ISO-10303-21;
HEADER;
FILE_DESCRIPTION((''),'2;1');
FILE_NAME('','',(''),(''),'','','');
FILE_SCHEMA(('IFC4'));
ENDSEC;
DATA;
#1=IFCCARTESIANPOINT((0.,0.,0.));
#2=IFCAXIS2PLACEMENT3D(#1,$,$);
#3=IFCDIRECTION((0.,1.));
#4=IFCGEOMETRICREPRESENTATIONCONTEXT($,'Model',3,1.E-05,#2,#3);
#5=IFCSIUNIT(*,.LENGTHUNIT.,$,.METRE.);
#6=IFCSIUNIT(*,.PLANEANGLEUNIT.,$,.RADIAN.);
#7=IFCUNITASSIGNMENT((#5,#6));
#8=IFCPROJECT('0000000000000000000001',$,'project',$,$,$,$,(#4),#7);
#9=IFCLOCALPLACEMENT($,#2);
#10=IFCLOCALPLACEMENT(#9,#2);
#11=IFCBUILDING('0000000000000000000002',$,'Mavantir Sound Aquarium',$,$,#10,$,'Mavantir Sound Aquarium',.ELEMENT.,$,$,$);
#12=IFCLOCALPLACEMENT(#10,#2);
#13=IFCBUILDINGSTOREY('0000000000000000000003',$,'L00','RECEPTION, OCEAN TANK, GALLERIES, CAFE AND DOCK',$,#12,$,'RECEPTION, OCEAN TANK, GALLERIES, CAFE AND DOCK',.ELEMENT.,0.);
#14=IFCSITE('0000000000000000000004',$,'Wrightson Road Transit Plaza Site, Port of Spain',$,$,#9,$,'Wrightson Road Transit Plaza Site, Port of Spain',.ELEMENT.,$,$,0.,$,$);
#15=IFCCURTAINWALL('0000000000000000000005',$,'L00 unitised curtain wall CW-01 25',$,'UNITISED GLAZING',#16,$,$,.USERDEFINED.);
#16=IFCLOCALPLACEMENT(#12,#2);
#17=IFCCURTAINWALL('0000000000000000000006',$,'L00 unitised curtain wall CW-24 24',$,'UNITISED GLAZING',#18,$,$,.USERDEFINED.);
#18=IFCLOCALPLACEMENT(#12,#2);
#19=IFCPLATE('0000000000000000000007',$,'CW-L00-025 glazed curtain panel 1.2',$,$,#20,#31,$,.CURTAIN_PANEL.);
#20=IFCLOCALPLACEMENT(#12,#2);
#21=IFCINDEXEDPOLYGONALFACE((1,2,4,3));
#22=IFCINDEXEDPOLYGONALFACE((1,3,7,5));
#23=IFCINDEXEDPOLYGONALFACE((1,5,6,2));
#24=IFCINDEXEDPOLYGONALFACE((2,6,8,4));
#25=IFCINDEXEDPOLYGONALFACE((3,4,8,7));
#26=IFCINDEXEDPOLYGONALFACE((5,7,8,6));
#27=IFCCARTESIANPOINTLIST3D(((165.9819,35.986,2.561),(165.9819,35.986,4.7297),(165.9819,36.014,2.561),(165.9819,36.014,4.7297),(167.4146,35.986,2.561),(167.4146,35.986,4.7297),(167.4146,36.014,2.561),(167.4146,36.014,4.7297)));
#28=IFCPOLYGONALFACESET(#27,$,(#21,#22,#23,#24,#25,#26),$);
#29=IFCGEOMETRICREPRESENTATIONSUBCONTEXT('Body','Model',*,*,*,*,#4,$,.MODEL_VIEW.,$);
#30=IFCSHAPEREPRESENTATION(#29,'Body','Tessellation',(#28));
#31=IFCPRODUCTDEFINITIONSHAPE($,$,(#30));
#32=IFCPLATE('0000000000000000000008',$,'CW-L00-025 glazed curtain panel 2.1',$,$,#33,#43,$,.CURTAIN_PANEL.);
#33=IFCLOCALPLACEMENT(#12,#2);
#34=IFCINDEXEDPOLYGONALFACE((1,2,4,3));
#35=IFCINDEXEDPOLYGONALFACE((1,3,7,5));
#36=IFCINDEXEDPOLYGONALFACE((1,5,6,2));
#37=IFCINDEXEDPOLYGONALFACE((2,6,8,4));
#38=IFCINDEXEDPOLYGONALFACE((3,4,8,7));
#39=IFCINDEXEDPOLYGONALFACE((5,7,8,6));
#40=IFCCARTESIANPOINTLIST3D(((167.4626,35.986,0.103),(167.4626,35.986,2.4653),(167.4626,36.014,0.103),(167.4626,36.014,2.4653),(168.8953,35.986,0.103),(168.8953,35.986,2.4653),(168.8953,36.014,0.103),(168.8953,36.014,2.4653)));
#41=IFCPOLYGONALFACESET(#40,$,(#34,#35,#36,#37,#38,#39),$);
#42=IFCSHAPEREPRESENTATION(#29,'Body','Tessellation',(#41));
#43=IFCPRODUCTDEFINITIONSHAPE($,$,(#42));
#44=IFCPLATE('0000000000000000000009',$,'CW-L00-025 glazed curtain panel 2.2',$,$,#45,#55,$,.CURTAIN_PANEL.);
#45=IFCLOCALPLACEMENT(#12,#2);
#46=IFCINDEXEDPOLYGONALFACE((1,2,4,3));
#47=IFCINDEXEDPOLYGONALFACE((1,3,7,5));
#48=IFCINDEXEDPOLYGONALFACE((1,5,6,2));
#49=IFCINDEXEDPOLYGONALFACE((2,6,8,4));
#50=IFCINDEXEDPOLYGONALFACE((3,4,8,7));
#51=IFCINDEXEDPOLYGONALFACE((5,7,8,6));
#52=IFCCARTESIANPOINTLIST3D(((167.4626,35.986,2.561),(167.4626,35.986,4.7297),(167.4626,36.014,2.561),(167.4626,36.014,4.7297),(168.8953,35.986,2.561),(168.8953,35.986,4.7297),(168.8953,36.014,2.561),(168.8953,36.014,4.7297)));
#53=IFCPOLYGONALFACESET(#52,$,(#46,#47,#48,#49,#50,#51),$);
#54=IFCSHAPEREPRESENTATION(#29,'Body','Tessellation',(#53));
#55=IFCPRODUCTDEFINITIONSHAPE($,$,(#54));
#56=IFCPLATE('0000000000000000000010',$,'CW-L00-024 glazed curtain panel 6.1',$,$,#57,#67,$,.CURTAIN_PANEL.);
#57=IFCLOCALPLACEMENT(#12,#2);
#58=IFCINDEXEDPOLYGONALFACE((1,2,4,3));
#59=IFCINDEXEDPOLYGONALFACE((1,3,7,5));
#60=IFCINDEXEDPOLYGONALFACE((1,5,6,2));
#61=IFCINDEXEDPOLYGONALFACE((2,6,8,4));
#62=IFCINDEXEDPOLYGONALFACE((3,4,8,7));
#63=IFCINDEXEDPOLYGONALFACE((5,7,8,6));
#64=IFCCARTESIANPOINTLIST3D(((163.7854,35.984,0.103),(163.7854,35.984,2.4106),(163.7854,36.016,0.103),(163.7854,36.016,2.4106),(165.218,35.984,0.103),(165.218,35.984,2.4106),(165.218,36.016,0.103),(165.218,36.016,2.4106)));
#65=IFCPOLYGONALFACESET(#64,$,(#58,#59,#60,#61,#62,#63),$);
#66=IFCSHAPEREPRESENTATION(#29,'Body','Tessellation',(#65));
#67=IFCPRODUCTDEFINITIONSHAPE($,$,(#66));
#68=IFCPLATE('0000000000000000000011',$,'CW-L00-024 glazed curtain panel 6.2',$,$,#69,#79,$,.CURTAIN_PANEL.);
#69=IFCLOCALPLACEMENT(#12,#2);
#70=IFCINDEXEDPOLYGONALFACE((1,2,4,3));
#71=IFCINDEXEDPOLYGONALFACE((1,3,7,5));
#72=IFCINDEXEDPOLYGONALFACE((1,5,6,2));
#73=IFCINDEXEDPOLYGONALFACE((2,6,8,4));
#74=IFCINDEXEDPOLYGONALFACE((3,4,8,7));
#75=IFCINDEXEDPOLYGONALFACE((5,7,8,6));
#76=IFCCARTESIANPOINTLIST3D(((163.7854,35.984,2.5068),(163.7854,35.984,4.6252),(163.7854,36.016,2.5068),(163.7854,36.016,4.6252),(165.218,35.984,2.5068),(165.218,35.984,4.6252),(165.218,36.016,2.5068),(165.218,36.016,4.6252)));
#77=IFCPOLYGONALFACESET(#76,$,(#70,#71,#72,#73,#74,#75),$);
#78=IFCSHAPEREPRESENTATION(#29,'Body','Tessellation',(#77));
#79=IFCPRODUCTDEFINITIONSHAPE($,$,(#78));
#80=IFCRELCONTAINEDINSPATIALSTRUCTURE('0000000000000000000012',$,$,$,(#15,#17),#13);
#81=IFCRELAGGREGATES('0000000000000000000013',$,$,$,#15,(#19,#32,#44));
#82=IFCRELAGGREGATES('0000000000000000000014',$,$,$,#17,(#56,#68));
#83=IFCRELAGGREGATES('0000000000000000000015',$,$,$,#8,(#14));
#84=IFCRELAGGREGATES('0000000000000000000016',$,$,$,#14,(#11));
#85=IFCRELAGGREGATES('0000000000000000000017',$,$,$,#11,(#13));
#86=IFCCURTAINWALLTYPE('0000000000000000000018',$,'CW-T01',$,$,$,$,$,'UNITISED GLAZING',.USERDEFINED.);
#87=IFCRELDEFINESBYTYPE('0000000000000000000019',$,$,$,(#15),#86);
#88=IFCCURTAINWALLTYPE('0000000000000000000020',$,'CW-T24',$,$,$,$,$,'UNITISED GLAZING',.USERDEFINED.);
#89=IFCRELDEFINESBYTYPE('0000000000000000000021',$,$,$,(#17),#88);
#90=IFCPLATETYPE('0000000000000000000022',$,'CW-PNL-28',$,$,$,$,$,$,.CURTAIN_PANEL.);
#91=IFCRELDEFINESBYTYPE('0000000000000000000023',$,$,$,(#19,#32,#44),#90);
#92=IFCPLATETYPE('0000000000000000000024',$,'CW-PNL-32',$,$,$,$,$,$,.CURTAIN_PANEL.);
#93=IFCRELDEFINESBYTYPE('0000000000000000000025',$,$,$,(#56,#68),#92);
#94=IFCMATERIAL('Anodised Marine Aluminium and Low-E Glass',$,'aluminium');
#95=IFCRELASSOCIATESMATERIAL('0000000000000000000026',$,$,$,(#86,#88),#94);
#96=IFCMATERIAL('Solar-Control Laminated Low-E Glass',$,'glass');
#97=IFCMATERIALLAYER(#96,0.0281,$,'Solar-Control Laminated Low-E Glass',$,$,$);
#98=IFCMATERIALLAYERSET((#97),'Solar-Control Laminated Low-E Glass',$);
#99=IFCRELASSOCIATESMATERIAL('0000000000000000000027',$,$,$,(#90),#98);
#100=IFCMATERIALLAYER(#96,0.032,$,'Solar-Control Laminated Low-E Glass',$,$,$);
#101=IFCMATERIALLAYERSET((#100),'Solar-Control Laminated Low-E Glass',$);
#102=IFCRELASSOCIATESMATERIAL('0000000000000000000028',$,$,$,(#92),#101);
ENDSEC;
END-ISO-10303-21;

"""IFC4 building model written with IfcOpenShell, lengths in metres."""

from ifc_helpers import new_model, si_unit, direction, frame, origin, origin_2d, place, context, subcontext, project, spatial, rectangle, extrude, material, layer, layer_set, type_object, element, aggregate, save


model = new_model("IFC4")

# Units and contexts
model_context = context("Model", 3, precision=1e-05, world=origin(), true_north=direction((0.0, 1.0)))
body_context = subcontext(model_context, "Body", "Model", "MODEL_VIEW")
ifc_project = project(units=[si_unit("LENGTHUNIT", "METRE"), si_unit("PLANEANGLEUNIT", "RADIAN")], contexts=[model_context])

# Site, building, storey
site_placement = place(None, origin())
site = spatial("IfcSite", under=ifc_project, at=site_placement, Name="Wrightson Road Transit Plaza Site, Port of Spain", LongName="Wrightson Road Transit Plaza Site, Port of Spain", CompositionType="ELEMENT", RefElevation=0.0)
building_placement = place(site_placement, origin())
building = spatial("IfcBuilding", under=site, at=building_placement, Name="Mavantir Sound Aquarium", LongName="Mavantir Sound Aquarium", CompositionType="ELEMENT")
storey_placement = place(building_placement, origin())
storey = spatial("IfcBuildingStorey", under=building, at=storey_placement, Name="L00", Description="RECEPTION, OCEAN TANK, GALLERIES, CAFE AND DOCK", LongName="RECEPTION, OCEAN TANK, GALLERIES, CAFE AND DOCK", CompositionType="ELEMENT", Elevation=0.0)

# Curtain walls
ifc_material_1 = material(Name="Anodised Marine Aluminium and Low-E Glass", Category="aluminium")
curtain_wall_type_1 = type_object("IfcCurtainWallType", Name="CW-T01", ElementType="UNITISED GLAZING", PredefinedType="USERDEFINED", material=ifc_material_1)
curtain_wall_1_placement = place(storey_placement, origin())
curtain_wall_1 = element("IfcCurtainWall", 1, at=curtain_wall_1_placement, inside=storey, type_object=curtain_wall_type_1, Name="L00 unitised curtain wall CW-01 25", ObjectType="UNITISED GLAZING", PredefinedType="USERDEFINED")
curtain_wall_type_2 = type_object("IfcCurtainWallType", Name="CW-T24", ElementType="UNITISED GLAZING", PredefinedType="USERDEFINED", material=ifc_material_1)
curtain_wall_2_placement = place(storey_placement, origin())
curtain_wall_2 = element("IfcCurtainWall", 2, at=curtain_wall_2_placement, inside=storey, type_object=curtain_wall_type_2, Name="L00 unitised curtain wall CW-24 24", ObjectType="UNITISED GLAZING", PredefinedType="USERDEFINED")

# Plates
ifc_material_2 = material(Name="Solar-Control Laminated Low-E Glass", Category="glass")
ifc_layer_1 = layer(ifc_material_2, 0.0281, Name="Solar-Control Laminated Low-E Glass")
ifc_layer_set_1 = layer_set([ifc_layer_1], Name="Solar-Control Laminated Low-E Glass")
plate_type_1 = type_object("IfcPlateType", Name="CW-PNL-28", PredefinedType="CURTAIN_PANEL", material=ifc_layer_set_1)
plate_1_placement = place(storey_placement, frame((166.6982, 36.0, 2.561), z_axis=(0.0, 0.0, 1.0), x_axis=(1.0, 0.0, 0.0)))
plate_1 = element("IfcPlate", 3, at=plate_1_placement, type_object=plate_type_1, Name="CW-L00-025 glazed curtain panel 1.2", PredefinedType="CURTAIN_PANEL", context=body_context, shape_type="SweptSolid", body=[
    extrude(rectangle(XDim=1.4326, YDim=0.0281, at=origin_2d()), origin(), (0.0, 0.0, 1.0), 2.1687),
])
plate_2_placement = place(storey_placement, frame((168.179, 36.0, 0.103), z_axis=(0.0, 0.0, 1.0), x_axis=(1.0, 0.0, 0.0)))
plate_2 = element("IfcPlate", 4, at=plate_2_placement, type_object=plate_type_1, Name="CW-L00-025 glazed curtain panel 2.1", PredefinedType="CURTAIN_PANEL", context=body_context, shape_type="SweptSolid", body=[
    extrude(rectangle(XDim=1.4326, YDim=0.0281, at=origin_2d()), origin(), (0.0, 0.0, 1.0), 2.3623),
])
plate_3_placement = place(storey_placement, frame((168.179, 36.0, 2.561), z_axis=(0.0, 0.0, 1.0), x_axis=(1.0, 0.0, 0.0)))
plate_3 = element("IfcPlate", 5, at=plate_3_placement, type_object=plate_type_1, Name="CW-L00-025 glazed curtain panel 2.2", PredefinedType="CURTAIN_PANEL", context=body_context, shape_type="SweptSolid", body=[
    extrude(rectangle(XDim=1.4326, YDim=0.0281, at=origin_2d()), origin(), (0.0, 0.0, 1.0), 2.1687),
])
aggregate(curtain_wall_1, [plate_1, plate_2, plate_3])
ifc_layer_2 = layer(ifc_material_2, 0.032, Name="Solar-Control Laminated Low-E Glass")
ifc_layer_set_2 = layer_set([ifc_layer_2], Name="Solar-Control Laminated Low-E Glass")
plate_type_2 = type_object("IfcPlateType", Name="CW-PNL-32", PredefinedType="CURTAIN_PANEL", material=ifc_layer_set_2)
plate_4_placement = place(storey_placement, frame((164.5017, 36.0, 0.103), z_axis=(0.0, 0.0, 1.0), x_axis=(1.0, 0.0, 0.0)))
plate_4 = element("IfcPlate", 6, at=plate_4_placement, type_object=plate_type_2, Name="CW-L00-024 glazed curtain panel 6.1", PredefinedType="CURTAIN_PANEL", context=body_context, shape_type="SweptSolid", body=[
    extrude(rectangle(XDim=1.4326, YDim=0.032, at=origin_2d()), origin(), (0.0, 0.0, 1.0), 2.3076),
])
plate_5_placement = place(storey_placement, frame((164.5017, 36.0, 2.5068), z_axis=(0.0, 0.0, 1.0), x_axis=(1.0, 0.0, 0.0)))
plate_5 = element("IfcPlate", 7, at=plate_5_placement, type_object=plate_type_2, Name="CW-L00-024 glazed curtain panel 6.2", PredefinedType="CURTAIN_PANEL", context=body_context, shape_type="SweptSolid", body=[
    extrude(rectangle(XDim=1.4326, YDim=0.032, at=origin_2d()), origin(), (0.0, 0.0, 1.0), 2.1184),
])
aggregate(curtain_wall_2, [plate_4, plate_5])

save(model, "model.ifc")
